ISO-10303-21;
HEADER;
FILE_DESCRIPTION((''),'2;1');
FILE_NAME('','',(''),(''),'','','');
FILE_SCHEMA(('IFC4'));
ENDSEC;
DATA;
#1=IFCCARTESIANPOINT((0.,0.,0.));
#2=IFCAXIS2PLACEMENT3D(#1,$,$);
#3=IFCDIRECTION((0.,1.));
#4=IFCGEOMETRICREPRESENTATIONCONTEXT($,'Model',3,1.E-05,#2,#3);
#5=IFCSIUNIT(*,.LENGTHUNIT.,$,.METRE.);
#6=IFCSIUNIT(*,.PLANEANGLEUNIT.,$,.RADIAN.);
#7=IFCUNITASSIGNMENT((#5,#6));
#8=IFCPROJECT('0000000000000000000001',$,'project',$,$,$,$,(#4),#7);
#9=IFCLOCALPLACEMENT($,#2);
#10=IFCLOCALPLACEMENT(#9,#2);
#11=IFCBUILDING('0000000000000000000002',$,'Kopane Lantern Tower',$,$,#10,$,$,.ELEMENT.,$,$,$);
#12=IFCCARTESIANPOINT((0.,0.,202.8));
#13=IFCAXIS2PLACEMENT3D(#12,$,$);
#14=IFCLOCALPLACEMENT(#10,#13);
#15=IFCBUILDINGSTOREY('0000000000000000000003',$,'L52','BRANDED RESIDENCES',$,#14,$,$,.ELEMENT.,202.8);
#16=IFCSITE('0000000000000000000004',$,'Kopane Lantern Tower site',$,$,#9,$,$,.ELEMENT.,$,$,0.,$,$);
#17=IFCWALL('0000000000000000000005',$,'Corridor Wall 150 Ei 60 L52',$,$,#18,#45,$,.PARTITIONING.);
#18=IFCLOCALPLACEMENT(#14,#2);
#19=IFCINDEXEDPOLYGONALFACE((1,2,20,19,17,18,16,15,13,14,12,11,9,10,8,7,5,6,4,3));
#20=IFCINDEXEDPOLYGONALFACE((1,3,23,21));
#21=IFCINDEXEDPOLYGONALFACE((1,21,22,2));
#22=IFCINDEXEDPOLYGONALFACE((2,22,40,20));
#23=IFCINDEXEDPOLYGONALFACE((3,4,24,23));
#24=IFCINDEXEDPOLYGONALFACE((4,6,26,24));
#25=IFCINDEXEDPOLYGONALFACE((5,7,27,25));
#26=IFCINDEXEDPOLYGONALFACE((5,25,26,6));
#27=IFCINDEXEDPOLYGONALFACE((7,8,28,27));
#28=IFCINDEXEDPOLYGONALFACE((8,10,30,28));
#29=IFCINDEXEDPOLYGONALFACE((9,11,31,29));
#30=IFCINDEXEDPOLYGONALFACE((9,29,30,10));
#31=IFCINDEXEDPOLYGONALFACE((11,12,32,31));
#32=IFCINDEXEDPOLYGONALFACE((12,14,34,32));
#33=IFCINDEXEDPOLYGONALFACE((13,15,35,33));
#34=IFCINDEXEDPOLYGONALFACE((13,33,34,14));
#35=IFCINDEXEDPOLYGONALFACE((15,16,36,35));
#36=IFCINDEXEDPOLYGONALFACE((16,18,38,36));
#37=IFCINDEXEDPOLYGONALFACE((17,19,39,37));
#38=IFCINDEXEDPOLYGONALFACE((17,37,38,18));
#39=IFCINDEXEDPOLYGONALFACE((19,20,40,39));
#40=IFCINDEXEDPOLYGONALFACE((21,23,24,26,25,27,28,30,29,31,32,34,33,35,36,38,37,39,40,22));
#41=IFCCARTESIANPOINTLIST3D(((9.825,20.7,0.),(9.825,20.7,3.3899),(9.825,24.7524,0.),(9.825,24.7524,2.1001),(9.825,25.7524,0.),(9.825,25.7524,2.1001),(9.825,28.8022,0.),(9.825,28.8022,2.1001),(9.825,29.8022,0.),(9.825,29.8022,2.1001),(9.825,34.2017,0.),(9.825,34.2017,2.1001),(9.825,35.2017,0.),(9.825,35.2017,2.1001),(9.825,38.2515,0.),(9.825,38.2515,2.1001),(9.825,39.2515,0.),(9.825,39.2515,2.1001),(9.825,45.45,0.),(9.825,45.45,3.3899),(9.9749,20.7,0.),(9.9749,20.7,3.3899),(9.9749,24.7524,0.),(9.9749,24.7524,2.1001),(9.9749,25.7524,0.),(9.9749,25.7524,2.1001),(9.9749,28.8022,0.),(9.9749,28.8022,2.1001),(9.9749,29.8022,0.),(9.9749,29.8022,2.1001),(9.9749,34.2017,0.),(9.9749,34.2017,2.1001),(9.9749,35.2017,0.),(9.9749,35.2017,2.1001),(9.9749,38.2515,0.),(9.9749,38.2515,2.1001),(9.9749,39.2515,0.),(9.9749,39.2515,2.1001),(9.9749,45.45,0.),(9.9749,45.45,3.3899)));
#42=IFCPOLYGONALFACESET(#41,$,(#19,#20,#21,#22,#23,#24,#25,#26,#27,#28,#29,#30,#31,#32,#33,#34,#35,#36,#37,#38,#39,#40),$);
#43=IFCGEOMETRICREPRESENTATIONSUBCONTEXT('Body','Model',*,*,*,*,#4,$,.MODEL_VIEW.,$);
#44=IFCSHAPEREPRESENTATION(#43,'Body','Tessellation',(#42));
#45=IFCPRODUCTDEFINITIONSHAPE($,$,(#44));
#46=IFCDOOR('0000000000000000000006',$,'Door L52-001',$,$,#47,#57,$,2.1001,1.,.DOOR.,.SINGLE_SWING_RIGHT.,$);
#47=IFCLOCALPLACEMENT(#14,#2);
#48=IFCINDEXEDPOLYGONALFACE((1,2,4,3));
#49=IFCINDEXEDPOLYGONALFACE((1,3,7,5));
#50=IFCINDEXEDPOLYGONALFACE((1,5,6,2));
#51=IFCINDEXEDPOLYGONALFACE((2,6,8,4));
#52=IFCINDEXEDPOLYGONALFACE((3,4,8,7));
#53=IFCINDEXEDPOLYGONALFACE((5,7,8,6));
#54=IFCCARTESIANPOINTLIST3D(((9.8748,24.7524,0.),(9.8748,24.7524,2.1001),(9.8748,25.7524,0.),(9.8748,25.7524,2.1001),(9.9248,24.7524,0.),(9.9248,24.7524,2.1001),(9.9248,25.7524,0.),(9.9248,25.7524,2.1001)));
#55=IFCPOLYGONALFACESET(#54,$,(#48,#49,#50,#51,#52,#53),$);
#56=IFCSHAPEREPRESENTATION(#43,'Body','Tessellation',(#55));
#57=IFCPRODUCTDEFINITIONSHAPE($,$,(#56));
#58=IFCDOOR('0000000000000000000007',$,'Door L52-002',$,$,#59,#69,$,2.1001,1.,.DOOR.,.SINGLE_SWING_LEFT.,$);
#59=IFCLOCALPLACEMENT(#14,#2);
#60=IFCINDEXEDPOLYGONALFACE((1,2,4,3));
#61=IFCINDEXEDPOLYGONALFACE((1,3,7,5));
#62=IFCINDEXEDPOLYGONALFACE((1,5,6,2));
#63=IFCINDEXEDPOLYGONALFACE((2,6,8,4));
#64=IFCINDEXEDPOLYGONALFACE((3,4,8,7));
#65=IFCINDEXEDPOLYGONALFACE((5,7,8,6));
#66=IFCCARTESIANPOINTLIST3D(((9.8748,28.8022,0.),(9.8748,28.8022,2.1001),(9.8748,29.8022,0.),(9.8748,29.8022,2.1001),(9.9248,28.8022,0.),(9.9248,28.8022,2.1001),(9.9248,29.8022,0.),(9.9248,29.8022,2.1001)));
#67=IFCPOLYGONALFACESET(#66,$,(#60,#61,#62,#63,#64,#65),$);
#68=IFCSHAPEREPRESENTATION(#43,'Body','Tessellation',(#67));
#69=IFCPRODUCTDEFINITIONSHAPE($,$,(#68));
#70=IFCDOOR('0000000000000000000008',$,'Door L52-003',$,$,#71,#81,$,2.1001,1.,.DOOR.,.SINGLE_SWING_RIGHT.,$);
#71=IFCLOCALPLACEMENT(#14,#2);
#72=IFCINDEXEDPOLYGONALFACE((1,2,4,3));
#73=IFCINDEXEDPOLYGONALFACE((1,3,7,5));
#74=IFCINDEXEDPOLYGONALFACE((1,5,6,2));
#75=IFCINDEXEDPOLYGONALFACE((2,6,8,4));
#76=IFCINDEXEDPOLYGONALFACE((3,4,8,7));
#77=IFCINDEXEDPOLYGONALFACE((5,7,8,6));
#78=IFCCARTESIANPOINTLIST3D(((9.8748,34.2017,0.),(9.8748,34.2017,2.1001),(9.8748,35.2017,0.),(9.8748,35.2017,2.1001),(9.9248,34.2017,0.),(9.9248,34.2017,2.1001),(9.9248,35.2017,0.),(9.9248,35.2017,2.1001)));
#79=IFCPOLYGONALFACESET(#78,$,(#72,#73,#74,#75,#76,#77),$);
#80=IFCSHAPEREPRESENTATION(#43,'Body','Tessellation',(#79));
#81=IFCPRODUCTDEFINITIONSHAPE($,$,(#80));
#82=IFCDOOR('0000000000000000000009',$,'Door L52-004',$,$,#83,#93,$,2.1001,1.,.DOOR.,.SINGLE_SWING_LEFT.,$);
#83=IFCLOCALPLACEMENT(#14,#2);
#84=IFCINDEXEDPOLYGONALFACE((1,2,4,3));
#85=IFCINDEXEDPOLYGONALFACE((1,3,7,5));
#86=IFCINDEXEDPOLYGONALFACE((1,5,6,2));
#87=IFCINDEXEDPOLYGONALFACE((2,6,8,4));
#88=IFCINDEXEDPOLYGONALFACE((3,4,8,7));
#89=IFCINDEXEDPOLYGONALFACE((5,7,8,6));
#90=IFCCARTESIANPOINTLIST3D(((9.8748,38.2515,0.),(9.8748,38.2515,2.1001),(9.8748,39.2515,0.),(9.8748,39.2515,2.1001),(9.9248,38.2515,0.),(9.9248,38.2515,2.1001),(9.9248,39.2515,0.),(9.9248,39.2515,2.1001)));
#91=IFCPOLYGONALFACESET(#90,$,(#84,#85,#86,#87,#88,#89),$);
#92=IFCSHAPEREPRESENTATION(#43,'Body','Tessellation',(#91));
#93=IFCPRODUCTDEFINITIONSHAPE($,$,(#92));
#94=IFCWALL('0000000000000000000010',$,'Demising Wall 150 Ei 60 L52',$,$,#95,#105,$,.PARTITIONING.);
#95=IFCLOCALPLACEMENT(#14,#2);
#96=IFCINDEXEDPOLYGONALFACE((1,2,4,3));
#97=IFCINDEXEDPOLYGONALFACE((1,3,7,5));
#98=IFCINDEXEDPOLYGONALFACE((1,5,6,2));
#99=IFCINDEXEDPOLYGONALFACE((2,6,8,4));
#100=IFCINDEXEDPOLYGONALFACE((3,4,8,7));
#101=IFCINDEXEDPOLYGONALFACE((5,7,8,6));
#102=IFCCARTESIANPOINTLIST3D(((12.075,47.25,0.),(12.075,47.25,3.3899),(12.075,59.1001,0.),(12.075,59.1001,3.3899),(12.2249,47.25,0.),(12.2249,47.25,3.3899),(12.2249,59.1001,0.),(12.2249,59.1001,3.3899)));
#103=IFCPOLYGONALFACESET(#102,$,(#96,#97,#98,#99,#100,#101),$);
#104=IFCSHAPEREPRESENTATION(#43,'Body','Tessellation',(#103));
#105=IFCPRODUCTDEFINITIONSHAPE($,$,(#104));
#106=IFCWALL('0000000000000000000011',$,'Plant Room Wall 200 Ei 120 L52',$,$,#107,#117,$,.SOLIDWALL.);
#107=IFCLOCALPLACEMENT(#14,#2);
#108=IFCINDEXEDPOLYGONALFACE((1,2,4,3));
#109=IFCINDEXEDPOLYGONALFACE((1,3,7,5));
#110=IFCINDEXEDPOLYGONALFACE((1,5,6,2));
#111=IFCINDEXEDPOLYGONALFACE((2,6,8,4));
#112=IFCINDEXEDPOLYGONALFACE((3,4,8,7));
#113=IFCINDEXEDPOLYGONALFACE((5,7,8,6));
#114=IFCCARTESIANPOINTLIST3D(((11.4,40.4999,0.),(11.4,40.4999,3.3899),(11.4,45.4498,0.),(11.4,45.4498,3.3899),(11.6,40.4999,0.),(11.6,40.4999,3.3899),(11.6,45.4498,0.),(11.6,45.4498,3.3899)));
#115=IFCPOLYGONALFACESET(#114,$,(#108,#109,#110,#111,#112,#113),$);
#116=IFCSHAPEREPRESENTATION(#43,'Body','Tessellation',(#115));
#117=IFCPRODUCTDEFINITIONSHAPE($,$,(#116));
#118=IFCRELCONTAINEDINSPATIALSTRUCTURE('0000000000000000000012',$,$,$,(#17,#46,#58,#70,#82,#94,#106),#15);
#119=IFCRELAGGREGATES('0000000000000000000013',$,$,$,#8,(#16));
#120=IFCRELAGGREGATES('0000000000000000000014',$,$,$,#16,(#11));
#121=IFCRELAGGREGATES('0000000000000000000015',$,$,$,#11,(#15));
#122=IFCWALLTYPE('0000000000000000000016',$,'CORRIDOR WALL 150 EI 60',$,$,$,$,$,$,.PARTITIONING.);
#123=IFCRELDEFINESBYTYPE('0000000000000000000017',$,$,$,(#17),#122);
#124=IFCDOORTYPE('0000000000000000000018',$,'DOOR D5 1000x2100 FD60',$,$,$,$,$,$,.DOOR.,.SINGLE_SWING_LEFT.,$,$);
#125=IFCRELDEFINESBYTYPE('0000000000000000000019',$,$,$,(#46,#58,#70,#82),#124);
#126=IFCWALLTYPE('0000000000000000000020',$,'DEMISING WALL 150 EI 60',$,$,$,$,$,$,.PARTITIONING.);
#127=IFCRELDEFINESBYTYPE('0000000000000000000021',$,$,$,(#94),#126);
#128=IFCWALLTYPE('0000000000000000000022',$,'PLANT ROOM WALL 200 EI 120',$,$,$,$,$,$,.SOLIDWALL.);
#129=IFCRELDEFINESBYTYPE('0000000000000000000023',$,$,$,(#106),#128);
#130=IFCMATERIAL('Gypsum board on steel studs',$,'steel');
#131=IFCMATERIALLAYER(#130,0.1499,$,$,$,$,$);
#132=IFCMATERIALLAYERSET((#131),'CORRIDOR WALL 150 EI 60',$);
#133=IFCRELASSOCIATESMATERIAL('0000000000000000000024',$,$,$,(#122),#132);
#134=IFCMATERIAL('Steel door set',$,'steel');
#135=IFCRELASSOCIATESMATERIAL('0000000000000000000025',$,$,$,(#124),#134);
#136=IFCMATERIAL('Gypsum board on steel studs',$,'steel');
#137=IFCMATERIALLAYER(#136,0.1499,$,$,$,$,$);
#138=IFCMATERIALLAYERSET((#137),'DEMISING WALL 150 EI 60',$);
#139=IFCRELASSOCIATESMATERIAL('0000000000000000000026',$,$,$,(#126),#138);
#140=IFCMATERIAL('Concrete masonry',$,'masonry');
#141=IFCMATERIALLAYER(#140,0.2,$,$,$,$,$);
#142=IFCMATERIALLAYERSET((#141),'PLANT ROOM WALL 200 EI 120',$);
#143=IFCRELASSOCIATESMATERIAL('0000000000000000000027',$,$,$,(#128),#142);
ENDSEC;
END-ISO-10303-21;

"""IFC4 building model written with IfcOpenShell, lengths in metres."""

from ifc_helpers import new_model, si_unit, direction, frame, frame_2d, origin, place, context, subcontext, project, spatial, rectangle, extrude, material, layer, layer_set, type_object, element, fill, save


model = new_model("IFC4")

# Units and contexts
model_context = context("Model", 3, precision=1e-05, world=origin(), true_north=direction((0.0, 1.0)))
body_context = subcontext(model_context, "Body", "Model", "MODEL_VIEW")
ifc_project = project(units=[si_unit("LENGTHUNIT", "METRE"), si_unit("PLANEANGLEUNIT", "RADIAN")], contexts=[model_context])

# Site, building, storey
site_placement = place(None, origin())
site = spatial("IfcSite", under=ifc_project, at=site_placement, Name="Kopane Lantern Tower site", CompositionType="ELEMENT", RefElevation=0.0)
building_placement = place(site_placement, origin())
building = spatial("IfcBuilding", under=site, at=building_placement, Name="Kopane Lantern Tower", CompositionType="ELEMENT")
storey_placement = place(building_placement, frame((0.0, 0.0, 202.8)))
storey = spatial("IfcBuildingStorey", under=building, at=storey_placement, Name="L52", Description="BRANDED RESIDENCES", CompositionType="ELEMENT", Elevation=202.8)

# Wall, openings, doors
ifc_material_1 = material(Name="Gypsum board on steel studs", Category="steel")
ifc_layer_1 = layer(ifc_material_1, 0.1499)
ifc_layer_set_1 = layer_set([ifc_layer_1], Name="CORRIDOR WALL 150 EI 60")
wall_type_1 = type_object("IfcWallType", Name="CORRIDOR WALL 150 EI 60", PredefinedType="PARTITIONING", material=ifc_layer_set_1)
wall_1_placement = place(storey_placement, frame((9.8999, 45.45, 0.0), z_axis=(0.0, 0.0, 1.0), x_axis=(0.0, -1.0, 0.0)))
wall_1 = element("IfcWall", 1, at=wall_1_placement, inside=storey, type_object=wall_type_1, Name="Corridor Wall 150 Ei 60 L52", PredefinedType="PARTITIONING", context=body_context, shape_type="SweptSolid", body=[
    extrude(rectangle(XDim=24.75, YDim=0.1499, at=frame_2d((12.375, 0.0))), origin(), (0.0, 0.0, 1.0), 3.3899),
])
opening_1_placement = place(wall_1_placement, frame((19.6975, 0.0, 0.0)))
opening_1 = element("IfcOpeningElement", 2, at=opening_1_placement, cuts=wall_1, PredefinedType="OPENING", context=body_context, shape_type="SweptSolid", body=[
    extrude(rectangle(XDim=1.0, YDim=2.1001, at=frame_2d((0.5, 1.05))), frame((0.0, 0.085, 0.0), z_axis=(0.0, -1.0, 0.0), x_axis=(1.0, 0.0, 0.0)), (0.0, 0.0, 1.0), 0.1699),
])
opening_2_placement = place(wall_1_placement, frame((15.6477, 0.0, 0.0)))
opening_2 = element("IfcOpeningElement", 3, at=opening_2_placement, cuts=wall_1, PredefinedType="OPENING", context=body_context, shape_type="SweptSolid", body=[
    extrude(rectangle(XDim=1.0, YDim=2.1001, at=frame_2d((0.5, 1.05))), frame((0.0, 0.085, 0.0), z_axis=(0.0, -1.0, 0.0), x_axis=(1.0, 0.0, 0.0)), (0.0, 0.0, 1.0), 0.1699),
])
opening_3_placement = place(wall_1_placement, frame((10.2483, 0.0, 0.0)))
opening_3 = element("IfcOpeningElement", 4, at=opening_3_placement, cuts=wall_1, PredefinedType="OPENING", context=body_context, shape_type="SweptSolid", body=[
    extrude(rectangle(XDim=1.0, YDim=2.1001, at=frame_2d((0.5, 1.05))), frame((0.0, 0.085, 0.0), z_axis=(0.0, -1.0, 0.0), x_axis=(1.0, 0.0, 0.0)), (0.0, 0.0, 1.0), 0.1699),
])
opening_4_placement = place(wall_1_placement, frame((6.1985, 0.0, 0.0)))
opening_4 = element("IfcOpeningElement", 5, at=opening_4_placement, cuts=wall_1, PredefinedType="OPENING", context=body_context, shape_type="SweptSolid", body=[
    extrude(rectangle(XDim=1.0, YDim=2.1001, at=frame_2d((0.5, 1.05))), frame((0.0, 0.085, 0.0), z_axis=(0.0, -1.0, 0.0), x_axis=(1.0, 0.0, 0.0)), (0.0, 0.0, 1.0), 0.1699),
])
ifc_material_2 = material(Name="Steel door set", Category="steel")
door_type_1 = type_object("IfcDoorType", Name="DOOR D5 1000x2100 FD60", OperationType="SINGLE_SWING_LEFT", PredefinedType="DOOR", material=ifc_material_2)
door_1_placement = place(opening_1_placement, origin())
door_1 = element("IfcDoor", 6, at=door_1_placement, inside=storey, type_object=door_type_1, Name="Door L52-001", OperationType="SINGLE_SWING_RIGHT", OverallHeight=2.1001, OverallWidth=1.0, PredefinedType="DOOR", context=body_context, shape_type="SweptSolid", body=[
    extrude(rectangle(XDim=1.0, YDim=2.1001, at=frame_2d((0.5, 1.05))), frame((0.0, 0.0249, 0.0), z_axis=(0.0, -1.0, 0.0), x_axis=(1.0, 0.0, 0.0)), (0.0, 0.0, 1.0), 0.05),
])
fill(opening_1, door_1)
door_2_placement = place(opening_2_placement, origin())
door_2 = element("IfcDoor", 7, at=door_2_placement, inside=storey, type_object=door_type_1, Name="Door L52-002", OperationType="SINGLE_SWING_LEFT", OverallHeight=2.1001, OverallWidth=1.0, PredefinedType="DOOR", context=body_context, shape_type="SweptSolid", body=[
    extrude(rectangle(XDim=1.0, YDim=2.1001, at=frame_2d((0.5, 1.05))), frame((0.0, 0.0249, 0.0), z_axis=(0.0, -1.0, 0.0), x_axis=(1.0, 0.0, 0.0)), (0.0, 0.0, 1.0), 0.05),
])
fill(opening_2, door_2)
door_3_placement = place(opening_3_placement, origin())
door_3 = element("IfcDoor", 8, at=door_3_placement, inside=storey, type_object=door_type_1, Name="Door L52-003", OperationType="SINGLE_SWING_RIGHT", OverallHeight=2.1001, OverallWidth=1.0, PredefinedType="DOOR", context=body_context, shape_type="SweptSolid", body=[
    extrude(rectangle(XDim=1.0, YDim=2.1001, at=frame_2d((0.5, 1.05))), frame((0.0, 0.0249, 0.0), z_axis=(0.0, -1.0, 0.0), x_axis=(1.0, 0.0, 0.0)), (0.0, 0.0, 1.0), 0.05),
])
fill(opening_3, door_3)
door_4_placement = place(opening_4_placement, origin())
door_4 = element("IfcDoor", 9, at=door_4_placement, inside=storey, type_object=door_type_1, Name="Door L52-004", OperationType="SINGLE_SWING_LEFT", OverallHeight=2.1001, OverallWidth=1.0, PredefinedType="DOOR", context=body_context, shape_type="SweptSolid", body=[
    extrude(rectangle(XDim=1.0, YDim=2.1001, at=frame_2d((0.5, 1.05))), frame((0.0, 0.0249, 0.0), z_axis=(0.0, -1.0, 0.0), x_axis=(1.0, 0.0, 0.0)), (0.0, 0.0, 1.0), 0.05),
])
fill(opening_4, door_4)

# Walls
ifc_material_3 = material(Name="Gypsum board on steel studs", Category="steel")
ifc_layer_2 = layer(ifc_material_3, 0.1499)
ifc_layer_set_2 = layer_set([ifc_layer_2], Name="DEMISING WALL 150 EI 60")
wall_type_2 = type_object("IfcWallType", Name="DEMISING WALL 150 EI 60", PredefinedType="PARTITIONING", material=ifc_layer_set_2)
wall_2_placement = place(storey_placement, frame((12.1499, 47.25, 0.0), z_axis=(0.0, 0.0, 1.0), x_axis=(0.0, 1.0, 0.0)))
element("IfcWall", 10, at=wall_2_placement, inside=storey, type_object=wall_type_2, Name="Demising Wall 150 Ei 60 L52", PredefinedType="PARTITIONING", context=body_context, shape_type="SweptSolid", body=[
    extrude(rectangle(XDim=11.8501, YDim=0.1499, at=frame_2d((5.925, 0.0))), origin(), (0.0, 0.0, 1.0), 3.3899),
])
ifc_material_4 = material(Name="Concrete masonry", Category="masonry")
ifc_layer_3 = layer(ifc_material_4, 0.2)
ifc_layer_set_3 = layer_set([ifc_layer_3], Name="PLANT ROOM WALL 200 EI 120")
wall_type_3 = type_object("IfcWallType", Name="PLANT ROOM WALL 200 EI 120", PredefinedType="SOLIDWALL", material=ifc_layer_set_3)
wall_3_placement = place(storey_placement, frame((11.5, 45.45, 0.0), z_axis=(0.0, 0.0, 1.0), x_axis=(0.0, -1.0, 0.0)))
element("IfcWall", 11, at=wall_3_placement, inside=storey, type_object=wall_type_3, Name="Plant Room Wall 200 Ei 120 L52", PredefinedType="SOLIDWALL", context=body_context, shape_type="SweptSolid", body=[
    extrude(rectangle(XDim=4.95, YDim=0.2, at=frame_2d((2.4751, 0.0))), origin(), (0.0, 0.0, 1.0), 3.3899),
])

save(model, "model.ifc")
